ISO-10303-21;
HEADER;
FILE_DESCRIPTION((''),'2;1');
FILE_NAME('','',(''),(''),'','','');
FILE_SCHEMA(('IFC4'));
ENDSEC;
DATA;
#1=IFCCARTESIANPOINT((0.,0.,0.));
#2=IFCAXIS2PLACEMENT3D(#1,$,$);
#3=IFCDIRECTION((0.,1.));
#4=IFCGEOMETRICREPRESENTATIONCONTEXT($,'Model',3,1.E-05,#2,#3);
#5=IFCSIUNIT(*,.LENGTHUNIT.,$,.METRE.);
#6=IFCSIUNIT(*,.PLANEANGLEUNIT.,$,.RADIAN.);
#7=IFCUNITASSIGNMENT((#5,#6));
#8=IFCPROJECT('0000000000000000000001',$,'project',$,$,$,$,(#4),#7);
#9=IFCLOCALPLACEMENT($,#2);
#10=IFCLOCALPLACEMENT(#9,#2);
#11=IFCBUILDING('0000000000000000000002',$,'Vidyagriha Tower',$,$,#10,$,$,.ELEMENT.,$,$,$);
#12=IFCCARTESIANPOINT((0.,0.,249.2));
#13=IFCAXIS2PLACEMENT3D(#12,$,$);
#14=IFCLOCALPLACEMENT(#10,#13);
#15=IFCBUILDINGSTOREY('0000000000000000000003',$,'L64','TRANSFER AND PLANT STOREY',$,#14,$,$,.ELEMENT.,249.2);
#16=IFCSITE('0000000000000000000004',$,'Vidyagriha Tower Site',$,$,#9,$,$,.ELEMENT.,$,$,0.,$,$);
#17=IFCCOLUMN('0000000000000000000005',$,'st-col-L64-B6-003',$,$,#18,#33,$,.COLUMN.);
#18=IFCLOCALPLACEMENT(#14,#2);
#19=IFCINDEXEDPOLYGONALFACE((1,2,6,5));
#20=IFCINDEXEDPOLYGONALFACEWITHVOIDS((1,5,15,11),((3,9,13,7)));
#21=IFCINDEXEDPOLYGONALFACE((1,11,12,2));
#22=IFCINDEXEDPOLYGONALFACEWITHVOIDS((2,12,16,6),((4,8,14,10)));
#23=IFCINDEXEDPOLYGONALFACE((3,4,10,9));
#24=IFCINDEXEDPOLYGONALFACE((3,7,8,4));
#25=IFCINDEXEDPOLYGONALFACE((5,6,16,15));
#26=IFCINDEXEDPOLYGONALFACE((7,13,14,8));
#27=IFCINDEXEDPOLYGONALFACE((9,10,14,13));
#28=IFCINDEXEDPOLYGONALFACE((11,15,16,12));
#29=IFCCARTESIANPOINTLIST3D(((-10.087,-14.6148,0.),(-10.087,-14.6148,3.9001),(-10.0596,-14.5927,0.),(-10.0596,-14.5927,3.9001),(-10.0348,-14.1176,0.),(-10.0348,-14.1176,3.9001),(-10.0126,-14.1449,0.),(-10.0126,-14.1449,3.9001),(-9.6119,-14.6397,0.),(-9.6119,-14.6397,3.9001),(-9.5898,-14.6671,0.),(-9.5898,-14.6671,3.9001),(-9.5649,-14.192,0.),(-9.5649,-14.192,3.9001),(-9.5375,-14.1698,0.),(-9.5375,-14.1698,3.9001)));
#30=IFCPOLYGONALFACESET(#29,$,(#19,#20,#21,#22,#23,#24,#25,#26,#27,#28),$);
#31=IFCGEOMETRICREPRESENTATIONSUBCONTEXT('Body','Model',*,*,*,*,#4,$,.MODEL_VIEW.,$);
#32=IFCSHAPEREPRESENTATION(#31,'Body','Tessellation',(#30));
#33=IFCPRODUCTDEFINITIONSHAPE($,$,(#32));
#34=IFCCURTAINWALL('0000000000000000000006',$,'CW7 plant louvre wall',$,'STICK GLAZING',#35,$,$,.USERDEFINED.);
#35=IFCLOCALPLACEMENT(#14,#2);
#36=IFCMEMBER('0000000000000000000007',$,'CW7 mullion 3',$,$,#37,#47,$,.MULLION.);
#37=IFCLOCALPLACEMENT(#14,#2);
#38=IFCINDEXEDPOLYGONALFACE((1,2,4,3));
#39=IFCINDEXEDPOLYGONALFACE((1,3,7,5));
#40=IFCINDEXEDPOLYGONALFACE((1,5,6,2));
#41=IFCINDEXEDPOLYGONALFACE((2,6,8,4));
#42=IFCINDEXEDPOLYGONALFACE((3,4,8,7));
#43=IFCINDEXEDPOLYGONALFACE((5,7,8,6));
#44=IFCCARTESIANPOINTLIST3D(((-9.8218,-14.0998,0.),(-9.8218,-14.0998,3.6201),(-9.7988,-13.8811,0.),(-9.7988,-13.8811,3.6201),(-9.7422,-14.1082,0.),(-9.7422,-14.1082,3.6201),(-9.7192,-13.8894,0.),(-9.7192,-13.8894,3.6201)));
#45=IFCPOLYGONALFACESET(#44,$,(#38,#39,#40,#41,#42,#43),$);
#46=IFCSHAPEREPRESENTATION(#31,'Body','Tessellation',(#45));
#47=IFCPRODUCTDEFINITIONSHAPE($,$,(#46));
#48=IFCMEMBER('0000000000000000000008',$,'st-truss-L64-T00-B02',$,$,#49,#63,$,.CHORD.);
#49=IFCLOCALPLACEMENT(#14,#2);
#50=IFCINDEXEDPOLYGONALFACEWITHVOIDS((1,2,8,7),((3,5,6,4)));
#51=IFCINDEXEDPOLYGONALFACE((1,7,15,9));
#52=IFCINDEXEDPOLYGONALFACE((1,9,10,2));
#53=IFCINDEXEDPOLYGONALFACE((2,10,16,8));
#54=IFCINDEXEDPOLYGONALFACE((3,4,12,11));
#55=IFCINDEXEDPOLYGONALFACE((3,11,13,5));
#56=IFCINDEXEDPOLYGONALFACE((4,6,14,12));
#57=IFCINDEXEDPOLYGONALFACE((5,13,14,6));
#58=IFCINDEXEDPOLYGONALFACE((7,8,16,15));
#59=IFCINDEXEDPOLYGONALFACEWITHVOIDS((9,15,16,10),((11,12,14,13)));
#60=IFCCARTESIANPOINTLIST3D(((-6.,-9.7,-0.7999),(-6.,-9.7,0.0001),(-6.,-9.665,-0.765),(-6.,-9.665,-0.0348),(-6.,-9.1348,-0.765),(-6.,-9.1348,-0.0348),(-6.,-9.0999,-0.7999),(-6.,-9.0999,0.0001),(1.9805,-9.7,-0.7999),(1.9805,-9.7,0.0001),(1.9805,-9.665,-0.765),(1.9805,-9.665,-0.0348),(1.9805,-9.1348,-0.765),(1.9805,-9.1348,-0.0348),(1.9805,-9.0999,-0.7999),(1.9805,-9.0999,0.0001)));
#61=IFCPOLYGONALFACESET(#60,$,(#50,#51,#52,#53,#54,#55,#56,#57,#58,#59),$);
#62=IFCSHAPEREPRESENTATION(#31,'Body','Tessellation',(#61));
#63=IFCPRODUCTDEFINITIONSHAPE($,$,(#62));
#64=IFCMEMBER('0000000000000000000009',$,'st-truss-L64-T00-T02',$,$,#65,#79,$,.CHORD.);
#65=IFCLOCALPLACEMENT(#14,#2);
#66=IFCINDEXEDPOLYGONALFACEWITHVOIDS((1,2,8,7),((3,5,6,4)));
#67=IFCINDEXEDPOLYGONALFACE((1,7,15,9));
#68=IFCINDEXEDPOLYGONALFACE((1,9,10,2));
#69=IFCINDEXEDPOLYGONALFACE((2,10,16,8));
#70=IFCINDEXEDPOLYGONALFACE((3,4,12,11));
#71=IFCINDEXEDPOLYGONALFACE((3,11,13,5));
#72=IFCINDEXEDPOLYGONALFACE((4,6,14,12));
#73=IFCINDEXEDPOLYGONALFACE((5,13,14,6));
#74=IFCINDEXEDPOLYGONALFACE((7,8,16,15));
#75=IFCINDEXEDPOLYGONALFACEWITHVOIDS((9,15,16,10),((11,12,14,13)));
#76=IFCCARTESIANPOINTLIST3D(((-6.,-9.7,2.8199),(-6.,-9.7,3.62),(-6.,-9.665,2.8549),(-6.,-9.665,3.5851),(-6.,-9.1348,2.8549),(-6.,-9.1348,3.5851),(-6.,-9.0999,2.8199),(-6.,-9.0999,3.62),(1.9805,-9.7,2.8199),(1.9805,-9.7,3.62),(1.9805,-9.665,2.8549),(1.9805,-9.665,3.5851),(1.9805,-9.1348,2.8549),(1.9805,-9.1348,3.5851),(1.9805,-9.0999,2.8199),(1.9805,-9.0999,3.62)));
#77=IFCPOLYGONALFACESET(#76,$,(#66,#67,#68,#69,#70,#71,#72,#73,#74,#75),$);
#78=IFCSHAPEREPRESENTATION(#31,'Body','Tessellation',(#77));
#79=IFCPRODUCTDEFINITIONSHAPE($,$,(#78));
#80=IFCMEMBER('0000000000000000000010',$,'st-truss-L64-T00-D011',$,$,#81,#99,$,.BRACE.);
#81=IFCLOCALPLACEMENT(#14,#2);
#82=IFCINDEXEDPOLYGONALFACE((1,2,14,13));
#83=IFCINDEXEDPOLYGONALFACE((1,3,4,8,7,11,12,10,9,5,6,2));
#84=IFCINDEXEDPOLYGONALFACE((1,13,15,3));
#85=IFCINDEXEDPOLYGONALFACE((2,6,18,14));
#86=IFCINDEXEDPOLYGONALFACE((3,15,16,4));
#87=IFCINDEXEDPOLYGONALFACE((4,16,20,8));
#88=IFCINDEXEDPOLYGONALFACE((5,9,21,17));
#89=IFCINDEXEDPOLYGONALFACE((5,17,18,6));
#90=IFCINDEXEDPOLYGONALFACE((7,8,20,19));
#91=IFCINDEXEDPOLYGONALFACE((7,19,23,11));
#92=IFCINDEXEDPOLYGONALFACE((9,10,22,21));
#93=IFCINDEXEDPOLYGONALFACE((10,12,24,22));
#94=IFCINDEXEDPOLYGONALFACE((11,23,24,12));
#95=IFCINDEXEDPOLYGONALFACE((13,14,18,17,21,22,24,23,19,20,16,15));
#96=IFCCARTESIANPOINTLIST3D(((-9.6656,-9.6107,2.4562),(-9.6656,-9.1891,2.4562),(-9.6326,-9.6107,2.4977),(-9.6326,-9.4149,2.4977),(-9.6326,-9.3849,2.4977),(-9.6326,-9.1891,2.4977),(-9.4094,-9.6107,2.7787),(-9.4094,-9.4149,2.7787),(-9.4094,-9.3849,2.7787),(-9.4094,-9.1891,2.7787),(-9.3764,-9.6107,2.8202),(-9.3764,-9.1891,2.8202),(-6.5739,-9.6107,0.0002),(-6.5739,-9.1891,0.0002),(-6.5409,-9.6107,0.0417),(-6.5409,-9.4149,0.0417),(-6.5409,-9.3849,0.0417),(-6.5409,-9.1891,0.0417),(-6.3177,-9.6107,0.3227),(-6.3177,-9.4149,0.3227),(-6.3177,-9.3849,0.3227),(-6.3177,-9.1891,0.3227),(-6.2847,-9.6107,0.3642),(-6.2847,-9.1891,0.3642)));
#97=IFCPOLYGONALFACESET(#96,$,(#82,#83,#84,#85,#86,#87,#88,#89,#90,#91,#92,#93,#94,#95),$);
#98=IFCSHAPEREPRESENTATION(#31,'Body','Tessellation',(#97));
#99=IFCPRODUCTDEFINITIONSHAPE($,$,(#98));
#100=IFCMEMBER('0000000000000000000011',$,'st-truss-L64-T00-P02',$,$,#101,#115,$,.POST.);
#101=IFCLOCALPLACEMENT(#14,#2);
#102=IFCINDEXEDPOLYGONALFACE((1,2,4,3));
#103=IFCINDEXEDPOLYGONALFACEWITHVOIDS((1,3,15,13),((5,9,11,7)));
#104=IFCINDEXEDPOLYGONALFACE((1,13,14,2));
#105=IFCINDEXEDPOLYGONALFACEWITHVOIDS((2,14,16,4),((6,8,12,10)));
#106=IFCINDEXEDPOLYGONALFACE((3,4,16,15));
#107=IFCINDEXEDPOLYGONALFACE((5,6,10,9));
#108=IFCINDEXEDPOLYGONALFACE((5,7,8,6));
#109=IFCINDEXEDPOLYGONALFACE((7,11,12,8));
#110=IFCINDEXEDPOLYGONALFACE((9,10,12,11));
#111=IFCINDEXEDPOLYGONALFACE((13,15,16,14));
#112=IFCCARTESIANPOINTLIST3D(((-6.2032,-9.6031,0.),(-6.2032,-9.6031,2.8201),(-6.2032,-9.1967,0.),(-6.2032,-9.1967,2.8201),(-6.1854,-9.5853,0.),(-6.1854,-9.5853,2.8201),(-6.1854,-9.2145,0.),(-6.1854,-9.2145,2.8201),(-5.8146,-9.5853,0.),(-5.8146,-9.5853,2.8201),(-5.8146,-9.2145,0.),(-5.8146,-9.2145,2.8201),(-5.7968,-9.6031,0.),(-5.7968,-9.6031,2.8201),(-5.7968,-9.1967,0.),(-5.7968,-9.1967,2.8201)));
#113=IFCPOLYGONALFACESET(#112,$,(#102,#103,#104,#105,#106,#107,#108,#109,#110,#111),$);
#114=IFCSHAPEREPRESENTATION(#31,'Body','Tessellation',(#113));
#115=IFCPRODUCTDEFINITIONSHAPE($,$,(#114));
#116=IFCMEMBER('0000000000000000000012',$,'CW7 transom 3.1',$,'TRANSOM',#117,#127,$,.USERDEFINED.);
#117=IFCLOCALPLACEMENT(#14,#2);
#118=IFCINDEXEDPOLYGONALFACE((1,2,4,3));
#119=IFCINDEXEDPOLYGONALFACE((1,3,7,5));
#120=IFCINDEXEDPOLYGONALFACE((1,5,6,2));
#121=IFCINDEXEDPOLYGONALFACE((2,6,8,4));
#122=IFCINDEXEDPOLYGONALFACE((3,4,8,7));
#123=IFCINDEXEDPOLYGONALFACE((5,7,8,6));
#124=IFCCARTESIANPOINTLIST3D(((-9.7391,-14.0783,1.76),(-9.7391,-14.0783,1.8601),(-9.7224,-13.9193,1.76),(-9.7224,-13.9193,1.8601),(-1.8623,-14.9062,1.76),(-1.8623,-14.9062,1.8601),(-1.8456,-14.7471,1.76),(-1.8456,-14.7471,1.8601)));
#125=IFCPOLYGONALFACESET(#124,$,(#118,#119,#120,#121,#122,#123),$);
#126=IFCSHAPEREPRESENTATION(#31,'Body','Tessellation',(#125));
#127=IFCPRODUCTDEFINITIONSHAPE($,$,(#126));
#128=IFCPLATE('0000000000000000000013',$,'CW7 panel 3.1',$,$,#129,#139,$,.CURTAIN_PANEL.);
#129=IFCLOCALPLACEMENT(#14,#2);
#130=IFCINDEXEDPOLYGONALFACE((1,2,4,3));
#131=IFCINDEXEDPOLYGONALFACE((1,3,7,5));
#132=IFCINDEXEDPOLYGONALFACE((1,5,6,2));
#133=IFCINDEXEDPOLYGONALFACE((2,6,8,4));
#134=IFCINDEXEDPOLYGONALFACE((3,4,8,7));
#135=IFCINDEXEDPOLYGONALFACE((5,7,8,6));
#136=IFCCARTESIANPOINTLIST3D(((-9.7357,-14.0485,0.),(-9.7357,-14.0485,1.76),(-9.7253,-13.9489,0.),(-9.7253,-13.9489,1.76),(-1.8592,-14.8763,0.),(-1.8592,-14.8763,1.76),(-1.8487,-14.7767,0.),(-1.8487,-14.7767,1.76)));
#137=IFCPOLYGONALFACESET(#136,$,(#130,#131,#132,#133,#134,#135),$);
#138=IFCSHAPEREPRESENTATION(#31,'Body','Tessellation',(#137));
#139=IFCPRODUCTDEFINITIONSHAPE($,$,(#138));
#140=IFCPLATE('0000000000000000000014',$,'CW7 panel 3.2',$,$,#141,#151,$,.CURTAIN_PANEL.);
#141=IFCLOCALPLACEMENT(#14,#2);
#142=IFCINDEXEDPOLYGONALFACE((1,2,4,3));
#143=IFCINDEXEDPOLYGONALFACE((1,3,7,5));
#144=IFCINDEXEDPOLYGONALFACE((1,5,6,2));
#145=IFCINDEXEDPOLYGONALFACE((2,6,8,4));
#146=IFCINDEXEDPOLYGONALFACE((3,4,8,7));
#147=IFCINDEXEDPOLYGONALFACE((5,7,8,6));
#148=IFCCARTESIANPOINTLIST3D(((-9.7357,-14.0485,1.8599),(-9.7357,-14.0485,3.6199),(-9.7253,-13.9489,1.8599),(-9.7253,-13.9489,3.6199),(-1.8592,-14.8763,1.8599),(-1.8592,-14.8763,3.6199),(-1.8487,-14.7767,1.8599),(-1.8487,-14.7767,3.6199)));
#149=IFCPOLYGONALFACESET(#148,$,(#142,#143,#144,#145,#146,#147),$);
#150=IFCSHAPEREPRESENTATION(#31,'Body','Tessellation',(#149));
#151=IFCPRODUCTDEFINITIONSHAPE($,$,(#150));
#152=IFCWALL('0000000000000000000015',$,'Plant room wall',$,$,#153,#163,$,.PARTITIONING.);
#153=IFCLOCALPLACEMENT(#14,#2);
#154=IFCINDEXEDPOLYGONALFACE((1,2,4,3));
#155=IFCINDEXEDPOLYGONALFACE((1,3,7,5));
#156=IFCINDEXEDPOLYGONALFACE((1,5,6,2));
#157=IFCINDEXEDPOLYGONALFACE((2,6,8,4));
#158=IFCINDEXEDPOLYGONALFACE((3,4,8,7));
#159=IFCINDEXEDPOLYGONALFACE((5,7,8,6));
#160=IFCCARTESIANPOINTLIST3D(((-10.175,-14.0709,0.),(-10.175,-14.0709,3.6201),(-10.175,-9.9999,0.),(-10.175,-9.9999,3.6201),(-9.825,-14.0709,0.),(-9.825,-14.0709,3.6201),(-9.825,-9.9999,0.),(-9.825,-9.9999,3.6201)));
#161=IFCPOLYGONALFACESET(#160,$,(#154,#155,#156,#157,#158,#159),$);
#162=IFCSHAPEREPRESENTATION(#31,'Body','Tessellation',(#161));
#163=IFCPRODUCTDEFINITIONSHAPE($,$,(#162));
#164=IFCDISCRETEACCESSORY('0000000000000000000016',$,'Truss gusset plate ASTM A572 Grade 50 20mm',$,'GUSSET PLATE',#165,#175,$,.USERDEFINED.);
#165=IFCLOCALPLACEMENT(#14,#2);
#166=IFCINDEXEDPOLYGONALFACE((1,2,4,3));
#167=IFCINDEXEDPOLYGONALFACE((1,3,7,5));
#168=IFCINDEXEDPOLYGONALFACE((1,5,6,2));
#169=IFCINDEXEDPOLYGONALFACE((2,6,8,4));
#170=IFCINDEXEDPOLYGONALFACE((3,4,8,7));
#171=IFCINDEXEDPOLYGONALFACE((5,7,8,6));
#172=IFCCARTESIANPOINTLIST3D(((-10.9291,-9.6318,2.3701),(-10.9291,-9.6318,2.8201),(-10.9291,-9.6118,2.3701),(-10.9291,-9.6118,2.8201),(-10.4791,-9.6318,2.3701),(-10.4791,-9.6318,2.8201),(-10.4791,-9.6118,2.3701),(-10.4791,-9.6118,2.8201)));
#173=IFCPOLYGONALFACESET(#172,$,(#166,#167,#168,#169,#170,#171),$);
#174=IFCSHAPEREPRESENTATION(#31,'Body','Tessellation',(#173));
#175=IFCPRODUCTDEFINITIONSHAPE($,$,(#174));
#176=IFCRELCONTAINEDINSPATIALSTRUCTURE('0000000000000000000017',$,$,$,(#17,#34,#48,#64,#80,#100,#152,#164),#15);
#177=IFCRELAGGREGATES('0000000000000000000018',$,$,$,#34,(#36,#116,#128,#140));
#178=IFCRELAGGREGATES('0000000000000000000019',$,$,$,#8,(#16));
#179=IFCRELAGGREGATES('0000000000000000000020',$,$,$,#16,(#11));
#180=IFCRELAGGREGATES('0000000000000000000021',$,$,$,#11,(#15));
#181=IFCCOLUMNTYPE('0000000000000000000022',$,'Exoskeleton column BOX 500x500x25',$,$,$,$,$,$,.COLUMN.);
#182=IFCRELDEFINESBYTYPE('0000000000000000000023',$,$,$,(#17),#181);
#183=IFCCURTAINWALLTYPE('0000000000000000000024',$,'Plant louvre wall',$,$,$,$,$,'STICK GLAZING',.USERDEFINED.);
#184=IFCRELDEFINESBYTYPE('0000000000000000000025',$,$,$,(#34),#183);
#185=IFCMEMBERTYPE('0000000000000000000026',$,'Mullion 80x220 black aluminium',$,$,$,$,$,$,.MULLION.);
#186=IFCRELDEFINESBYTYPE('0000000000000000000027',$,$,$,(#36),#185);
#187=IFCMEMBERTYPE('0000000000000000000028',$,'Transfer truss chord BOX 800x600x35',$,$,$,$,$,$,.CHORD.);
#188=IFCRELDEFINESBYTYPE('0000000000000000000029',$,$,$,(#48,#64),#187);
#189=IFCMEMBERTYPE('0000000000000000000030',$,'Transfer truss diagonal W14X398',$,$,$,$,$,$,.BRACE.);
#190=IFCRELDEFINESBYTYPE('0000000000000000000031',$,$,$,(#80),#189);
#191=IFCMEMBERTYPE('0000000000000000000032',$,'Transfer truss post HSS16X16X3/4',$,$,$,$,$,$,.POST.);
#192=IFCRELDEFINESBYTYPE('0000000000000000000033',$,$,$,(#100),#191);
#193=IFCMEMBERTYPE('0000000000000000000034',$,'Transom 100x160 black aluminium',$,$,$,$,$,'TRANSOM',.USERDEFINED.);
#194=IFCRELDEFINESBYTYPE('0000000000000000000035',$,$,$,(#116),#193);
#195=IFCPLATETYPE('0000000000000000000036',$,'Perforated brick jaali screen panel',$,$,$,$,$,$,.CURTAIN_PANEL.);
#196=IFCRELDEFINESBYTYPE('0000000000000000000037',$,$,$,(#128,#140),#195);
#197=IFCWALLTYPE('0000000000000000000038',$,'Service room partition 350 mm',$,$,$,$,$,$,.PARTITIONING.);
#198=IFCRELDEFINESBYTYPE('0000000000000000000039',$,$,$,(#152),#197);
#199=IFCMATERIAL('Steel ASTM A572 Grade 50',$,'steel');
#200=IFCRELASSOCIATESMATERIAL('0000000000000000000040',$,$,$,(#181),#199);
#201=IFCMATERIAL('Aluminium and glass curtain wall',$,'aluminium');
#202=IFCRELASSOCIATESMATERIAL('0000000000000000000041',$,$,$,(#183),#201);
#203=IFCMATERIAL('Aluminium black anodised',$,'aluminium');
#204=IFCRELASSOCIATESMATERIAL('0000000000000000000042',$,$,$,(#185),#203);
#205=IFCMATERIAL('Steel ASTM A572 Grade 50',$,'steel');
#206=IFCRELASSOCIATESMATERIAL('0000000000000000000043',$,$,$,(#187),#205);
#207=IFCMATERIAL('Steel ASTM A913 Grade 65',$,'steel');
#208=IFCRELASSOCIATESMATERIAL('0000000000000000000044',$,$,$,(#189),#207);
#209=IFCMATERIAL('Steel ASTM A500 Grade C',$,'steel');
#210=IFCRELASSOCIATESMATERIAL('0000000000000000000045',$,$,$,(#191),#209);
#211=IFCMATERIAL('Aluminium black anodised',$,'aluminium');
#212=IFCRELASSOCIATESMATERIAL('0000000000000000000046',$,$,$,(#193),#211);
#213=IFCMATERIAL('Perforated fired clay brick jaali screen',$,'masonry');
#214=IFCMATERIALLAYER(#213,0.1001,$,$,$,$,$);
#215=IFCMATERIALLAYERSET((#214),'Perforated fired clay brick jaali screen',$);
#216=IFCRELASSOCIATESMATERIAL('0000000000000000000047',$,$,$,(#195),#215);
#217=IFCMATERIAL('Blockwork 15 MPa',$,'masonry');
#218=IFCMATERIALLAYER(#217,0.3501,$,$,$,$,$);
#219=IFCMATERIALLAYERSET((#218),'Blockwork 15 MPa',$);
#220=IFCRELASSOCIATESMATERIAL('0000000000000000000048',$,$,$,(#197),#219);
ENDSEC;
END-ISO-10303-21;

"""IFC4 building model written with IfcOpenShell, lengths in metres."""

from ifc_helpers import new_model, si_unit, direction, frame, frame_2d, origin, origin_2d, place, context, subcontext, project, spatial, rectangle, hollow_rectangle, i_section, extrude, material, layer, layer_set, material_profile, profile_set, type_object, element, aggregate, save


model = new_model("IFC4")

# Units and contexts
model_context = context("Model", 3, precision=1e-05, world=origin(), true_north=direction((0.0, 1.0)))
body_context = subcontext(model_context, "Body", "Model", "MODEL_VIEW")
ifc_project = project(units=[si_unit("LENGTHUNIT", "METRE"), si_unit("PLANEANGLEUNIT", "RADIAN")], contexts=[model_context])

# Site, building, storey
site_placement = place(None, origin())
site = spatial("IfcSite", under=ifc_project, at=site_placement, Name="Vidyagriha Tower Site", CompositionType="ELEMENT", RefElevation=0.0)
building_placement = place(site_placement, origin())
building = spatial("IfcBuilding", under=site, at=building_placement, Name="Vidyagriha Tower", CompositionType="ELEMENT")
storey_placement = place(building_placement, frame((0.0, 0.0, 249.2)))
storey = spatial("IfcBuildingStorey", under=building, at=storey_placement, Name="L64", Description="TRANSFER AND PLANT STOREY", CompositionType="ELEMENT", Elevation=249.2)

# Column
ifc_material_1 = material(Name="Steel ASTM A572 Grade 50", Category="steel")
ifc_material_profile_1 = material_profile(ifc_material_1, hollow_rectangle(XDim=0.5, YDim=0.5, WallThickness=0.0249, at=origin_2d()), Name="BOX 500x500x25")
ifc_profile_set_1 = profile_set([ifc_material_profile_1], Name="Steel ASTM A572 Grade 50")
column_type = type_object("IfcColumnType", Name="Exoskeleton column BOX 500x500x25", PredefinedType="COLUMN", material=ifc_profile_set_1)
column_placement = place(storey_placement, frame((-9.8123, -14.3923, 0.0), z_axis=(0.0, 0.0, 1.0), x_axis=(0.994522, -0.104528, 0.0)))
element("IfcColumn", 1, at=column_placement, inside=storey, type_object=column_type, Name="st-col-L64-B6-003", PredefinedType="COLUMN", context=body_context, shape_type="SweptSolid", body=[
    extrude(hollow_rectangle(XDim=0.5, YDim=0.5, WallThickness=0.0249, at=origin_2d()), origin(), (0.0, 0.0, 1.0), 3.9001),
])

# Curtain wall, member
ifc_material_2 = material(Name="Aluminium and glass curtain wall", Category="aluminium")
curtain_wall_type = type_object("IfcCurtainWallType", Name="Plant louvre wall", ElementType="STICK GLAZING", PredefinedType="USERDEFINED", material=ifc_material_2)
curtain_wall_placement = place(storey_placement, origin())
curtain_wall = element("IfcCurtainWall", 2, at=curtain_wall_placement, inside=storey, type_object=curtain_wall_type, Name="CW7 plant louvre wall", ObjectType="STICK GLAZING", PredefinedType="USERDEFINED")
ifc_material_3 = material(Name="Aluminium black anodised", Category="aluminium")
ifc_material_profile_2 = material_profile(ifc_material_3, rectangle(XDim=0.22, YDim=0.0801, at=origin_2d()), Name="Mullion 80x220 black aluminium")
ifc_profile_set_2 = profile_set([ifc_material_profile_2], Name="Aluminium black anodised")
member_type_1 = type_object("IfcMemberType", Name="Mullion 80x220 black aluminium", PredefinedType="MULLION", material=ifc_profile_set_2)
member_1_placement = place(storey_placement, frame((-9.7705, -13.9946, 0.0), z_axis=(0.0, 0.0, 1.0), x_axis=(0.104527, 0.994522, 0.0)))
member_1 = element("IfcMember", 3, at=member_1_placement, type_object=member_type_1, Name="CW7 mullion 3", PredefinedType="MULLION", context=body_context, shape_type="SweptSolid", body=[
    extrude(rectangle(XDim=0.22, YDim=0.0801, at=origin_2d()), origin(), (0.0, 0.0, 1.0), 3.6201),
])

# Members
ifc_material_4 = material(Name="Steel ASTM A572 Grade 50", Category="steel")
ifc_material_profile_3 = material_profile(ifc_material_4, hollow_rectangle(XDim=0.6001, YDim=0.8, WallThickness=0.0349, at=origin_2d()), Name="BOX 800x600x35")
ifc_profile_set_3 = profile_set([ifc_material_profile_3], Name="Steel ASTM A572 Grade 50")
member_type_2 = type_object("IfcMemberType", Name="Transfer truss chord BOX 800x600x35", PredefinedType="CHORD", material=ifc_profile_set_3)
for number, where, z_axis, x_axis, name in (
    (4, (-6.0, -9.3999, -0.3999), (1.0, 0.0, 0.0), (0.0, 1.0, 0.0), "st-truss-L64-T00-B02"),
    (5, (-6.0, -9.3999, 3.22), (1.0, 0.0, 0.0), (0.0, 1.0, 0.0), "st-truss-L64-T00-T02"),
):
    element("IfcMember", number, at=place(storey_placement, frame(where, z_axis=z_axis, x_axis=x_axis)), inside=storey, type_object=member_type_2, Name=name, PredefinedType="CHORD", context=body_context, shape_type="SweptSolid", body=[
        extrude(hollow_rectangle(XDim=0.6001, YDim=0.8, WallThickness=0.0349, at=origin_2d()), origin(), (0.0, 0.0, 1.0), 7.9805),
    ])
ifc_material_5 = material(Name="Steel ASTM A913 Grade 65", Category="steel")
ifc_material_profile_4 = material_profile(ifc_material_5, i_section(OverallWidth=0.4216, OverallDepth=0.4648, WebThickness=0.03, FlangeThickness=0.053, at=origin_2d()), Name="W14X398")
ifc_profile_set_4 = profile_set([ifc_material_profile_4], Name="Steel ASTM A913 Grade 65")
member_type_3 = type_object("IfcMemberType", Name="Transfer truss diagonal W14X398", PredefinedType="BRACE", material=ifc_profile_set_4)
member_2_placement = place(storey_placement, frame((-9.521, -9.3999, 2.6382), z_axis=(0.783012, 0.0, -0.622007), x_axis=(0.0, 1.0, 0.0)))
element("IfcMember", 6, at=member_2_placement, inside=storey, type_object=member_type_3, Name="st-truss-L64-T00-D011", PredefinedType="BRACE", context=body_context, shape_type="SweptSolid", body=[
    extrude(i_section(OverallWidth=0.4216, OverallDepth=0.4648, WebThickness=0.03, FlangeThickness=0.053, at=origin_2d()), origin(), (0.0, 0.0, 1.0), 3.9485),
])
ifc_material_6 = material(Name="Steel ASTM A500 Grade C", Category="steel")
ifc_material_profile_5 = material_profile(ifc_material_6, hollow_rectangle(XDim=0.4065, YDim=0.4065, WallThickness=0.0178, at=origin_2d()), Name="HSS16X16X3/4")
ifc_profile_set_5 = profile_set([ifc_material_profile_5], Name="Steel ASTM A500 Grade C")
member_type_4 = type_object("IfcMemberType", Name="Transfer truss post HSS16X16X3/4", PredefinedType="POST", material=ifc_profile_set_5)
member_3_placement = place(storey_placement, frame((-6.0, -9.3999, 0.0)))
element("IfcMember", 7, at=member_3_placement, inside=storey, type_object=member_type_4, Name="st-truss-L64-T00-P02", PredefinedType="POST", context=body_context, shape_type="SweptSolid", body=[
    extrude(hollow_rectangle(XDim=0.4065, YDim=0.4065, WallThickness=0.0178, at=origin_2d()), origin(), (0.0, 0.0, 1.0), 2.8201),
])

# Member
ifc_material_7 = material(Name="Aluminium black anodised", Category="aluminium")
ifc_material_profile_6 = material_profile(ifc_material_7, rectangle(XDim=0.1599, YDim=0.1001, at=origin_2d()), Name="Transom 100x160 black aluminium")
ifc_profile_set_6 = profile_set([ifc_material_profile_6], Name="Aluminium black anodised")
member_type_5 = type_object("IfcMemberType", Name="Transom 100x160 black aluminium", ElementType="TRANSOM", PredefinedType="USERDEFINED", material=ifc_profile_set_6)
member_4_placement = place(storey_placement, frame((-9.7307, -13.9988, 1.8101), z_axis=(0.994522, -0.104529, 0.0), x_axis=(0.104529, 0.994522, 0.0)))
member_4 = element("IfcMember", 8, at=member_4_placement, type_object=member_type_5, Name="CW7 transom 3.1", ObjectType="TRANSOM", PredefinedType="USERDEFINED", context=body_context, shape_type="SweptSolid", body=[
    extrude(rectangle(XDim=0.1599, YDim=0.1001, at=origin_2d()), origin(), (0.0, 0.0, 1.0), 7.9202),
])

# Plates
ifc_material_8 = material(Name="Perforated fired clay brick jaali screen", Category="masonry")
ifc_layer_1 = layer(ifc_material_8, 0.1001)
ifc_layer_set_1 = layer_set([ifc_layer_1], Name="Perforated fired clay brick jaali screen")
plate_type = type_object("IfcPlateType", Name="Perforated brick jaali screen panel", PredefinedType="CURTAIN_PANEL", material=ifc_layer_set_1)
plate_1_placement = place(storey_placement, frame((-5.7922, -14.4126, 0.0), z_axis=(0.0, 0.0, 1.0), x_axis=(0.994522, -0.104527, 0.0)))
plate_1 = element("IfcPlate", 9, at=plate_1_placement, type_object=plate_type, Name="CW7 panel 3.1", PredefinedType="CURTAIN_PANEL", context=body_context, shape_type="SweptSolid", body=[
    extrude(rectangle(XDim=7.9199, YDim=0.1001, at=origin_2d()), origin(), (0.0, 0.0, 1.0), 1.76),
])
plate_2_placement = place(storey_placement, frame((-5.7922, -14.4126, 1.8599), z_axis=(0.0, 0.0, 1.0), x_axis=(0.994522, -0.104527, 0.0)))
plate_2 = element("IfcPlate", 10, at=plate_2_placement, type_object=plate_type, Name="CW7 panel 3.2", PredefinedType="CURTAIN_PANEL", context=body_context, shape_type="SweptSolid", body=[
    extrude(rectangle(XDim=7.9199, YDim=0.1001, at=origin_2d()), origin(), (0.0, 0.0, 1.0), 1.76),
])
aggregate(curtain_wall, [member_1, member_4, plate_1, plate_2])

# Wall
ifc_material_9 = material(Name="Blockwork 15 MPa", Category="masonry")
ifc_layer_2 = layer(ifc_material_9, 0.3501)
ifc_layer_set_2 = layer_set([ifc_layer_2], Name="Blockwork 15 MPa")
wall_type = type_object("IfcWallType", Name="Service room partition 350 mm", PredefinedType="PARTITIONING", material=ifc_layer_set_2)
wall_placement = place(storey_placement, frame((-10.0, -14.071, 0.0), z_axis=(0.0, 0.0, 1.0), x_axis=(0.0, 1.0, 0.0)))
element("IfcWall", 11, at=wall_placement, inside=storey, type_object=wall_type, Name="Plant room wall", PredefinedType="PARTITIONING", context=body_context, shape_type="SweptSolid", body=[
    extrude(rectangle(XDim=4.071, YDim=0.3501, at=frame_2d((2.0356, 0.0))), origin(), (0.0, 0.0, 1.0), 3.6201),
])

# Discrete accessory
for number, where, name in (
    (12, (-10.7041, -9.6218, 2.3701), "Truss gusset plate ASTM A572 Grade 50 20mm"),
):
    element("IfcDiscreteAccessory", number, at=place(storey_placement, frame(where)), inside=storey, Name=name, ObjectType="GUSSET PLATE", PredefinedType="USERDEFINED", context=body_context, shape_type="SweptSolid", body=[
        extrude(rectangle(XDim=0.45, YDim=0.02, at=origin_2d()), origin(), (0.0, 0.0, 1.0), 0.45),
    ])

save(model, "model.ifc")
